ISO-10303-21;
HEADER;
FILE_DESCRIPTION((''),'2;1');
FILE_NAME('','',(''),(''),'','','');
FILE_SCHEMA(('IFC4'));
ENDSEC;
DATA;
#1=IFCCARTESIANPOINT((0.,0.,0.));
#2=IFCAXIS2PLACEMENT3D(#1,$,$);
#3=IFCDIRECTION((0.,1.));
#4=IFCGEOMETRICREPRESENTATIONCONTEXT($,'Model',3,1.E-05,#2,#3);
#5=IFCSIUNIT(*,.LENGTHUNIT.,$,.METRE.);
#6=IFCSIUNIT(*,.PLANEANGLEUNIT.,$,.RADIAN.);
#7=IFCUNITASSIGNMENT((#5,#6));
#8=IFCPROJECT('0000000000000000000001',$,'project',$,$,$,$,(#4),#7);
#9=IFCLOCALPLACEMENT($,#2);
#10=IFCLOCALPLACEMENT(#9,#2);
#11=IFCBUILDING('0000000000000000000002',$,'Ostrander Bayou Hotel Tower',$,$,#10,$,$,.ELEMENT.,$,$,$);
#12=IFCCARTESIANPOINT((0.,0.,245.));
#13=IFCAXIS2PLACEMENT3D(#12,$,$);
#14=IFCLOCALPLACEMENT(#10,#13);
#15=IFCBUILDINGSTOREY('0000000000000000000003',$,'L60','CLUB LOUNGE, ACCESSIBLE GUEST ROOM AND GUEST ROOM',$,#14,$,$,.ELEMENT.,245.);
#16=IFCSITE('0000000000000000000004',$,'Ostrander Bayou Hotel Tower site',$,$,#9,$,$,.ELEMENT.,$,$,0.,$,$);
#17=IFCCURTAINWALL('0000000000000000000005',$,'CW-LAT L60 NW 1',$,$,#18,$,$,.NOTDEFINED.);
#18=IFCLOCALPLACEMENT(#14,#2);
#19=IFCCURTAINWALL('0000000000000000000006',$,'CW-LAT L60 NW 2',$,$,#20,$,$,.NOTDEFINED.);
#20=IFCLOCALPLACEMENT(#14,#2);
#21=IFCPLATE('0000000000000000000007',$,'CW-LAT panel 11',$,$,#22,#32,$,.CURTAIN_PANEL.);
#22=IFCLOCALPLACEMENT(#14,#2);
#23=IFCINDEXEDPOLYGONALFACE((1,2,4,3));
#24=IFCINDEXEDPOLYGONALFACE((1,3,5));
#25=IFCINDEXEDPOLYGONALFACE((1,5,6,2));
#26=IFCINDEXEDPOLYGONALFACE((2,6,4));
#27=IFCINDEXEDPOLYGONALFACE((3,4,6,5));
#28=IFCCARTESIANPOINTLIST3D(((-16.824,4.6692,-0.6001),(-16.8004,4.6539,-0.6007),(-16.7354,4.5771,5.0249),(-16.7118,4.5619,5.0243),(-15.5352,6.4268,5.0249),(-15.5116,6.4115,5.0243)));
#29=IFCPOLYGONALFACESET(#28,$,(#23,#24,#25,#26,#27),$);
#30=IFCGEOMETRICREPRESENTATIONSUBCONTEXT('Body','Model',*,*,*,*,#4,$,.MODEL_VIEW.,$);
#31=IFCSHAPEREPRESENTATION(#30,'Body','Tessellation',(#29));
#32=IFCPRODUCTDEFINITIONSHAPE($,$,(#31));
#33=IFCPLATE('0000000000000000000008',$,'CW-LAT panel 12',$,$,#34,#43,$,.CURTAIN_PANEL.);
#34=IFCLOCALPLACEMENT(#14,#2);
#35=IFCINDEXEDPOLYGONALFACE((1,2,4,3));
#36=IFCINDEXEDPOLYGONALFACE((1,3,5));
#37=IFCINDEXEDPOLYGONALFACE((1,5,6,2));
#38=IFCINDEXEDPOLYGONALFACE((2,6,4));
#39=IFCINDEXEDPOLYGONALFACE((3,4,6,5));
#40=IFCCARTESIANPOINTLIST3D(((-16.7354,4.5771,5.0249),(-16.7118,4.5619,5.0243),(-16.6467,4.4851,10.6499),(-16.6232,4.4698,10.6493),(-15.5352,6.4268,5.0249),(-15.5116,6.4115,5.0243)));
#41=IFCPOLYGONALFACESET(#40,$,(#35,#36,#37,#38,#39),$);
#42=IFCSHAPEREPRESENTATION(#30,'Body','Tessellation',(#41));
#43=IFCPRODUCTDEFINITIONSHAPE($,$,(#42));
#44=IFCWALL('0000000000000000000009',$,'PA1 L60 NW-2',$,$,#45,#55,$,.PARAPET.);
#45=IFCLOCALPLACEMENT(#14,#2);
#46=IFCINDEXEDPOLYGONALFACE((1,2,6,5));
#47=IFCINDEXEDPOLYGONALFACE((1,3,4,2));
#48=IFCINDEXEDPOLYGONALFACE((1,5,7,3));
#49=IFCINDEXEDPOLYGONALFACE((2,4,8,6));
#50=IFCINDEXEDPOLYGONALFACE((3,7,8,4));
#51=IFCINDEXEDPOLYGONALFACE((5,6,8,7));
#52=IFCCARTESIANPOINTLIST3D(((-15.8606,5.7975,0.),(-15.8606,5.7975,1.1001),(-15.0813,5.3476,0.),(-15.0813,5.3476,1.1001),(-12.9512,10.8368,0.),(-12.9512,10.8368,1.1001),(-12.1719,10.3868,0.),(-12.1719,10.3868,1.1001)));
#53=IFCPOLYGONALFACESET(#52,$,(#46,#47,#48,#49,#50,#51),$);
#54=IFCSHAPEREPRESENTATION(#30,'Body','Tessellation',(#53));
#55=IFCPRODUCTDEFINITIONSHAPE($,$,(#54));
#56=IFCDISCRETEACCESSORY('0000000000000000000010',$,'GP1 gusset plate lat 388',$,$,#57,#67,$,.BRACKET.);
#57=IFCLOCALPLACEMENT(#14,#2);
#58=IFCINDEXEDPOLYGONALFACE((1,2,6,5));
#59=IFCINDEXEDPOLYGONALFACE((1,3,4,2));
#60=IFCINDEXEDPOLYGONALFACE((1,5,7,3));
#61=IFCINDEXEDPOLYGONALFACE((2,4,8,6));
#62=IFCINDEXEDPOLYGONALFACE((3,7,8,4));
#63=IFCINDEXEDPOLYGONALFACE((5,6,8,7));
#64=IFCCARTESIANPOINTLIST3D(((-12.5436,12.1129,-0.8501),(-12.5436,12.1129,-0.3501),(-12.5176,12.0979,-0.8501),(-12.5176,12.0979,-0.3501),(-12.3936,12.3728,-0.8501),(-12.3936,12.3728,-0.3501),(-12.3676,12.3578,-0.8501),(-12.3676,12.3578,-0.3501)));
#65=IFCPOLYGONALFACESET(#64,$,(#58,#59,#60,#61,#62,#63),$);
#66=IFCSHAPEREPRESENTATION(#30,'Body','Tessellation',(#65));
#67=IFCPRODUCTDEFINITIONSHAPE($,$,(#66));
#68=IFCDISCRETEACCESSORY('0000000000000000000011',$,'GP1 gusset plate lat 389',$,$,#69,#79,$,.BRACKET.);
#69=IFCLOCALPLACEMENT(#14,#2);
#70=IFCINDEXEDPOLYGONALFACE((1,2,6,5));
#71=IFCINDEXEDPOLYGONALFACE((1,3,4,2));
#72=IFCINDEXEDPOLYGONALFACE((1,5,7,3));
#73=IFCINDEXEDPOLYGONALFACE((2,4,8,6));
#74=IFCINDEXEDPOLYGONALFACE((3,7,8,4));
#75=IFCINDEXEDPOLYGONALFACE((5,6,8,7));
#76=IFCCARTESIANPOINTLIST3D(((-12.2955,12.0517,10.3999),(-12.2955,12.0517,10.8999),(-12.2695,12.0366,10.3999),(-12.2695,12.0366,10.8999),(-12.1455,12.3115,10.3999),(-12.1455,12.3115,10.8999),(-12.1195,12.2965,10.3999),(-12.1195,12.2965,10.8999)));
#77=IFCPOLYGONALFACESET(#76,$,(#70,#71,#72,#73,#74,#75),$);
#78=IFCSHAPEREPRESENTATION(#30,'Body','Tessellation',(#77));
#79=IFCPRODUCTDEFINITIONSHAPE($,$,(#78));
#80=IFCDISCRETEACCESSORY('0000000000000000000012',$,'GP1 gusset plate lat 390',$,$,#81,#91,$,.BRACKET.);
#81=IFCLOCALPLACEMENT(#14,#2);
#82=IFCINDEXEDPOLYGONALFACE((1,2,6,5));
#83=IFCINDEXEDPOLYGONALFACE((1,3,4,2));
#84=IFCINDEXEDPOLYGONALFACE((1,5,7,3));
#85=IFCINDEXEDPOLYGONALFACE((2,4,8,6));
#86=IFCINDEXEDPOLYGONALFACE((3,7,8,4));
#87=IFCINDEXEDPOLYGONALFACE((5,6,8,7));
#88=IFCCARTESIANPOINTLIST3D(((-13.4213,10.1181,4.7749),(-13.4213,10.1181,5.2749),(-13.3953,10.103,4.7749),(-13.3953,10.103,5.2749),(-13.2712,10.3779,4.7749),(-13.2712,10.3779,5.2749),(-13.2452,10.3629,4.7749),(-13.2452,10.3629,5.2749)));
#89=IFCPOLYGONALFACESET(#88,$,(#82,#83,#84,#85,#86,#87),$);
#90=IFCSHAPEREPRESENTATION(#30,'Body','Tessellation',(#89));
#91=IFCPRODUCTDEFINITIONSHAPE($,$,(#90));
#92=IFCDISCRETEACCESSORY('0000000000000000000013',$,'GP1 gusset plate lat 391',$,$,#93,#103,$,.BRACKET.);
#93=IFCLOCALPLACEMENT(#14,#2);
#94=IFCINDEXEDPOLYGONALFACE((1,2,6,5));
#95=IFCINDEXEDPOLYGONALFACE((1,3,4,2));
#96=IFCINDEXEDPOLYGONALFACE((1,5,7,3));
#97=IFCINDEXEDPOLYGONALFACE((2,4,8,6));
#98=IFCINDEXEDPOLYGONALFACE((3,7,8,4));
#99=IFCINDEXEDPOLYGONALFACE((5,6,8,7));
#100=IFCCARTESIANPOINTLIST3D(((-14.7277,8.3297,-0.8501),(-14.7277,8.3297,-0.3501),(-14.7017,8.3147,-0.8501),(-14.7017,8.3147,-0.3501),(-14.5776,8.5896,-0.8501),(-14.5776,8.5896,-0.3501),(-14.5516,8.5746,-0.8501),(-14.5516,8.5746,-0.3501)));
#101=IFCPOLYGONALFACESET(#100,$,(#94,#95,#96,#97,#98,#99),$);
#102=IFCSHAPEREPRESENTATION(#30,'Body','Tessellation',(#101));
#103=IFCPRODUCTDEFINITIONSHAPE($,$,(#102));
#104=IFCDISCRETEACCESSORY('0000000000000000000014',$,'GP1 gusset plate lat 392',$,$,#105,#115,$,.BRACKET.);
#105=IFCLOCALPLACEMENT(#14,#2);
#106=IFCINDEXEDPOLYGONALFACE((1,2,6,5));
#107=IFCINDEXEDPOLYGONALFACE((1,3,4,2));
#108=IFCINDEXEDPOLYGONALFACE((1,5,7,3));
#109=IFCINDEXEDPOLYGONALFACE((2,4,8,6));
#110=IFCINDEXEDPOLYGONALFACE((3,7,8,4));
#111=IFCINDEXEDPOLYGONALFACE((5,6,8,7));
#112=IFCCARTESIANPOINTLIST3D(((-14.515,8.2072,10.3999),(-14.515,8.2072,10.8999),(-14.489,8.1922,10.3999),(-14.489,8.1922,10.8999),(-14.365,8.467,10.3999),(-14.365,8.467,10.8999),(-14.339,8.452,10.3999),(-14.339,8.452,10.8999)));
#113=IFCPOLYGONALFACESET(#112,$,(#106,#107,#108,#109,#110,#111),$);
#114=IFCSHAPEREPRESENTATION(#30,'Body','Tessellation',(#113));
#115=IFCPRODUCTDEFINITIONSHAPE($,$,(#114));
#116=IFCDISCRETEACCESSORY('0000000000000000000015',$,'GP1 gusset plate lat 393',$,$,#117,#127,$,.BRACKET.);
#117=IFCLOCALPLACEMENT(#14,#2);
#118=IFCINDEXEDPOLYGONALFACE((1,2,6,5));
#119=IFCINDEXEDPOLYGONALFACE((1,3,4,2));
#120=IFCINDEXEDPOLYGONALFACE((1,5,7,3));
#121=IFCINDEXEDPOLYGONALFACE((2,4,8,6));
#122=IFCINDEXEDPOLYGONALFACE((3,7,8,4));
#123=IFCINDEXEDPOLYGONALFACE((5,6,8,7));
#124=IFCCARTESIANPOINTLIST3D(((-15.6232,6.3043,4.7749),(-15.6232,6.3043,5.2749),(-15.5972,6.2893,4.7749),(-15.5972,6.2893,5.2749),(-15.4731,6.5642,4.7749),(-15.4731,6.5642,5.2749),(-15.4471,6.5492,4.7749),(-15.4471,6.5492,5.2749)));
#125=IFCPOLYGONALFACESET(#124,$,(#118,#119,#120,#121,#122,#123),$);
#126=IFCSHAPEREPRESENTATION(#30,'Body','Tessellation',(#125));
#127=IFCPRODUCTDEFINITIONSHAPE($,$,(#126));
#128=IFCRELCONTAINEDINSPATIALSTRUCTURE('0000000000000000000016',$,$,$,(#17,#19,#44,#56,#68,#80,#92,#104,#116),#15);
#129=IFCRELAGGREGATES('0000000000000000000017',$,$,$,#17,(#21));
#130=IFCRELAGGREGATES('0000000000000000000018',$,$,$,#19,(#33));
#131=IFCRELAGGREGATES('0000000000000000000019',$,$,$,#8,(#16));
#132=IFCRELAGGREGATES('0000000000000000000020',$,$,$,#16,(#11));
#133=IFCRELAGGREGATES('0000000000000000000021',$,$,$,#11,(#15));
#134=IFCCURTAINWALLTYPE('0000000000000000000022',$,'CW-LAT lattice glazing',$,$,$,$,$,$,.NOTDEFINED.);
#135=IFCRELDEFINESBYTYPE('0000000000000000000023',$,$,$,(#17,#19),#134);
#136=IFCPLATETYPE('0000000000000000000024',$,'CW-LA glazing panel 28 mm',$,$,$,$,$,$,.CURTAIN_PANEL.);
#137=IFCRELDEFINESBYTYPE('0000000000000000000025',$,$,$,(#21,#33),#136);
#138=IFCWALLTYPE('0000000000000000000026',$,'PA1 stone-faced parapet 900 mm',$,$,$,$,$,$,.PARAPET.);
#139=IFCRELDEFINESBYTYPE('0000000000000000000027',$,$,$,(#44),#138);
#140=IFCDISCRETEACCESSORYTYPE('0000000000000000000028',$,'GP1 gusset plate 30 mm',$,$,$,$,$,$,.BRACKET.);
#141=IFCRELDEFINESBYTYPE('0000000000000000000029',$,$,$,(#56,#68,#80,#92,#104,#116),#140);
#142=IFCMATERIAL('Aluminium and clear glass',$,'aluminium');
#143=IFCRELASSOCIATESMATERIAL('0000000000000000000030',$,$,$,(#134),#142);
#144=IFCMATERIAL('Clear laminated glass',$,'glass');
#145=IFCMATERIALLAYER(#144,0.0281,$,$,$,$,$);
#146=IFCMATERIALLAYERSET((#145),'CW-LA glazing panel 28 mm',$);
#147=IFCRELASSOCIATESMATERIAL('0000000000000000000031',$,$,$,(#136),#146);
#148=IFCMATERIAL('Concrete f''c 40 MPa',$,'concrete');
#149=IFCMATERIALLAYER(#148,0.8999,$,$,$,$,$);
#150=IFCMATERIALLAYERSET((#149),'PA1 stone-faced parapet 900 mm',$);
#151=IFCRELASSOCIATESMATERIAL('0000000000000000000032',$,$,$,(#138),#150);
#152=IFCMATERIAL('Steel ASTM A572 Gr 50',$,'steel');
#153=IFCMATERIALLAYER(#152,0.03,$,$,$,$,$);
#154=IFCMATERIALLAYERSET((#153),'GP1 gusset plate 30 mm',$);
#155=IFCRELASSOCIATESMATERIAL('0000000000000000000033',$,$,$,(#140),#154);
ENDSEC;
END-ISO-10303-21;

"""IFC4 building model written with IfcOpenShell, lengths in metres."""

from ifc_helpers import new_model, si_unit, direction, frame, frame_2d, origin, origin_2d, place, context, subcontext, project, spatial, polyline, rectangle, outline, extrude, material, layer, layer_set, type_object, element, aggregate, save


model = new_model("IFC4")

# Units and contexts
model_context = context("Model", 3, precision=1e-05, world=origin(), true_north=direction((0.0, 1.0)))
body_context = subcontext(model_context, "Body", "Model", "MODEL_VIEW")
ifc_project = project(units=[si_unit("LENGTHUNIT", "METRE"), si_unit("PLANEANGLEUNIT", "RADIAN")], contexts=[model_context])

# Site, building, storey
site_placement = place(None, origin())
site = spatial("IfcSite", under=ifc_project, at=site_placement, Name="Ostrander Bayou Hotel Tower site", CompositionType="ELEMENT", RefElevation=0.0)
building_placement = place(site_placement, origin())
building = spatial("IfcBuilding", under=site, at=building_placement, Name="Ostrander Bayou Hotel Tower", CompositionType="ELEMENT")
storey_placement = place(building_placement, frame((0.0, 0.0, 245.0)))
storey = spatial("IfcBuildingStorey", under=building, at=storey_placement, Name="L60", Description="CLUB LOUNGE, ACCESSIBLE GUEST ROOM AND GUEST ROOM", CompositionType="ELEMENT", Elevation=245.0)

# Curtain walls
ifc_material_1 = material(Name="Aluminium and clear glass", Category="aluminium")
curtain_wall_type = type_object("IfcCurtainWallType", Name="CW-LAT lattice glazing", PredefinedType="NOTDEFINED", material=ifc_material_1)
curtain_wall_1_placement = place(storey_placement, origin())
curtain_wall_1 = element("IfcCurtainWall", 1, at=curtain_wall_1_placement, inside=storey, type_object=curtain_wall_type, Name="CW-LAT L60 NW 1", PredefinedType="NOTDEFINED")
curtain_wall_2_placement = place(storey_placement, origin())
curtain_wall_2 = element("IfcCurtainWall", 2, at=curtain_wall_2_placement, inside=storey, type_object=curtain_wall_type, Name="CW-LAT L60 NW 2", PredefinedType="NOTDEFINED")

# Shared definitions
ifc_material_2 = material(Name="Clear laminated glass", Category="glass")
ifc_layer_1 = layer(ifc_material_2, 0.0281)
ifc_layer_set_1 = layer_set([ifc_layer_1], Name="CW-LA glazing panel 28 mm")
plate_type = type_object("IfcPlateType", Name="CW-LA glazing panel 28 mm", PredefinedType="CURTAIN_PANEL", material=ifc_layer_set_1)

# Plates
plate_1_placement = place(storey_placement, frame((-15.5352, 6.4268, 5.0249), z_axis=(-0.838663, 0.544201, 0.022118), x_axis=(-0.213647, -0.291351, -0.932453)))
plate_1 = element("IfcPlate", 3, at=plate_1_placement, type_object=plate_type, Name="CW-LAT panel 11", PredefinedType="CURTAIN_PANEL", context=body_context, shape_type="SweptSolid", body=[
    extrude(outline(polyline([(0.0, 0.0), (6.0325, 0.0), (0.7953, 2.0565), (0.0, 0.0)])), origin(), (0.0, 0.0, -1.0), 0.0281),
])
aggregate(curtain_wall_1, [plate_1])
plate_2_placement = place(storey_placement, frame((-15.5352, 6.4268, 5.0249), z_axis=(-0.838663, 0.544201, 0.022118), x_axis=(-0.183621, -0.320742, 0.929197)))
plate_2 = element("IfcPlate", 4, at=plate_2_placement, type_object=plate_type, Name="CW-LAT panel 12", PredefinedType="CURTAIN_PANEL", context=body_context, shape_type="SweptSolid", body=[
    extrude(outline(polyline([(0.0, 0.0), (6.0536, 0.0), (0.8136, -2.0493), (0.0, 0.0)])), origin(), (0.0, 0.0, -1.0), 0.0281),
])
aggregate(curtain_wall_2, [plate_2])

# Wall
ifc_material_3 = material(Name="Concrete f'c 40 MPa", Category="concrete")
ifc_layer_2 = layer(ifc_material_3, 0.8999)
ifc_layer_set_2 = layer_set([ifc_layer_2], Name="PA1 stone-faced parapet 900 mm")
wall_type = type_object("IfcWallType", Name="PA1 stone-faced parapet 900 mm", PredefinedType="PARAPET", material=ifc_layer_set_2)
wall_placement = place(storey_placement, frame((-12.5615, 10.6118, 0.0), z_axis=(0.0, 0.0, 1.0), x_axis=(-0.499997, -0.866027, 0.0)))
element("IfcWall", 5, at=wall_placement, inside=storey, type_object=wall_type, Name="PA1 L60 NW-2", PredefinedType="PARAPET", context=body_context, shape_type="SweptSolid", body=[
    extrude(rectangle(XDim=5.8188, YDim=0.8999, at=frame_2d((2.9094, 0.0))), origin(), (0.0, 0.0, 1.0), 1.1001),
])

# Discrete accessories
ifc_material_4 = material(Name="Steel ASTM A572 Gr 50", Category="steel")
ifc_layer_3 = layer(ifc_material_4, 0.03)
ifc_layer_set_3 = layer_set([ifc_layer_3], Name="GP1 gusset plate 30 mm")
discrete_accessory_type = type_object("IfcDiscreteAccessoryType", Name="GP1 gusset plate 30 mm", PredefinedType="BRACKET", material=ifc_layer_set_3)
for number, where, z_axis, x_axis, name in (
    (6, (-12.4556, 12.2354, -0.8501), (0.0, 0.0, 1.0), (-0.5, -0.866025, 0.0), "GP1 gusset plate lat 388"),
    (7, (-12.2075, 12.1741, 10.3999), (0.0, 0.0, 1.0), (-0.5, -0.866025, 0.0), "GP1 gusset plate lat 389"),
    (8, (-13.3333, 10.2405, 4.7749), (0.0, 0.0, 1.0), (-0.5, -0.866025, 0.0), "GP1 gusset plate lat 390"),
    (9, (-14.6396, 8.4521, -0.8501), (0.0, 0.0, 1.0), (-0.5, -0.866025, 0.0), "GP1 gusset plate lat 391"),
    (10, (-14.427, 8.3296, 10.3999), (0.0, 0.0, 1.0), (-0.5, -0.866025, 0.0), "GP1 gusset plate lat 392"),
    (11, (-15.5352, 6.4268, 4.7749), (0.0, 0.0, 1.0), (-0.5, -0.866025, 0.0), "GP1 gusset plate lat 393"),
):
    element("IfcDiscreteAccessory", number, at=place(storey_placement, frame(where, z_axis=z_axis, x_axis=x_axis)), inside=storey, type_object=discrete_accessory_type, Name=name, PredefinedType="BRACKET", context=body_context, shape_type="SweptSolid", body=[
        extrude(rectangle(XDim=0.3, YDim=0.03, at=origin_2d()), origin(), (0.0, 0.0, 1.0), 0.5),
    ])

save(model, "model.ifc")
